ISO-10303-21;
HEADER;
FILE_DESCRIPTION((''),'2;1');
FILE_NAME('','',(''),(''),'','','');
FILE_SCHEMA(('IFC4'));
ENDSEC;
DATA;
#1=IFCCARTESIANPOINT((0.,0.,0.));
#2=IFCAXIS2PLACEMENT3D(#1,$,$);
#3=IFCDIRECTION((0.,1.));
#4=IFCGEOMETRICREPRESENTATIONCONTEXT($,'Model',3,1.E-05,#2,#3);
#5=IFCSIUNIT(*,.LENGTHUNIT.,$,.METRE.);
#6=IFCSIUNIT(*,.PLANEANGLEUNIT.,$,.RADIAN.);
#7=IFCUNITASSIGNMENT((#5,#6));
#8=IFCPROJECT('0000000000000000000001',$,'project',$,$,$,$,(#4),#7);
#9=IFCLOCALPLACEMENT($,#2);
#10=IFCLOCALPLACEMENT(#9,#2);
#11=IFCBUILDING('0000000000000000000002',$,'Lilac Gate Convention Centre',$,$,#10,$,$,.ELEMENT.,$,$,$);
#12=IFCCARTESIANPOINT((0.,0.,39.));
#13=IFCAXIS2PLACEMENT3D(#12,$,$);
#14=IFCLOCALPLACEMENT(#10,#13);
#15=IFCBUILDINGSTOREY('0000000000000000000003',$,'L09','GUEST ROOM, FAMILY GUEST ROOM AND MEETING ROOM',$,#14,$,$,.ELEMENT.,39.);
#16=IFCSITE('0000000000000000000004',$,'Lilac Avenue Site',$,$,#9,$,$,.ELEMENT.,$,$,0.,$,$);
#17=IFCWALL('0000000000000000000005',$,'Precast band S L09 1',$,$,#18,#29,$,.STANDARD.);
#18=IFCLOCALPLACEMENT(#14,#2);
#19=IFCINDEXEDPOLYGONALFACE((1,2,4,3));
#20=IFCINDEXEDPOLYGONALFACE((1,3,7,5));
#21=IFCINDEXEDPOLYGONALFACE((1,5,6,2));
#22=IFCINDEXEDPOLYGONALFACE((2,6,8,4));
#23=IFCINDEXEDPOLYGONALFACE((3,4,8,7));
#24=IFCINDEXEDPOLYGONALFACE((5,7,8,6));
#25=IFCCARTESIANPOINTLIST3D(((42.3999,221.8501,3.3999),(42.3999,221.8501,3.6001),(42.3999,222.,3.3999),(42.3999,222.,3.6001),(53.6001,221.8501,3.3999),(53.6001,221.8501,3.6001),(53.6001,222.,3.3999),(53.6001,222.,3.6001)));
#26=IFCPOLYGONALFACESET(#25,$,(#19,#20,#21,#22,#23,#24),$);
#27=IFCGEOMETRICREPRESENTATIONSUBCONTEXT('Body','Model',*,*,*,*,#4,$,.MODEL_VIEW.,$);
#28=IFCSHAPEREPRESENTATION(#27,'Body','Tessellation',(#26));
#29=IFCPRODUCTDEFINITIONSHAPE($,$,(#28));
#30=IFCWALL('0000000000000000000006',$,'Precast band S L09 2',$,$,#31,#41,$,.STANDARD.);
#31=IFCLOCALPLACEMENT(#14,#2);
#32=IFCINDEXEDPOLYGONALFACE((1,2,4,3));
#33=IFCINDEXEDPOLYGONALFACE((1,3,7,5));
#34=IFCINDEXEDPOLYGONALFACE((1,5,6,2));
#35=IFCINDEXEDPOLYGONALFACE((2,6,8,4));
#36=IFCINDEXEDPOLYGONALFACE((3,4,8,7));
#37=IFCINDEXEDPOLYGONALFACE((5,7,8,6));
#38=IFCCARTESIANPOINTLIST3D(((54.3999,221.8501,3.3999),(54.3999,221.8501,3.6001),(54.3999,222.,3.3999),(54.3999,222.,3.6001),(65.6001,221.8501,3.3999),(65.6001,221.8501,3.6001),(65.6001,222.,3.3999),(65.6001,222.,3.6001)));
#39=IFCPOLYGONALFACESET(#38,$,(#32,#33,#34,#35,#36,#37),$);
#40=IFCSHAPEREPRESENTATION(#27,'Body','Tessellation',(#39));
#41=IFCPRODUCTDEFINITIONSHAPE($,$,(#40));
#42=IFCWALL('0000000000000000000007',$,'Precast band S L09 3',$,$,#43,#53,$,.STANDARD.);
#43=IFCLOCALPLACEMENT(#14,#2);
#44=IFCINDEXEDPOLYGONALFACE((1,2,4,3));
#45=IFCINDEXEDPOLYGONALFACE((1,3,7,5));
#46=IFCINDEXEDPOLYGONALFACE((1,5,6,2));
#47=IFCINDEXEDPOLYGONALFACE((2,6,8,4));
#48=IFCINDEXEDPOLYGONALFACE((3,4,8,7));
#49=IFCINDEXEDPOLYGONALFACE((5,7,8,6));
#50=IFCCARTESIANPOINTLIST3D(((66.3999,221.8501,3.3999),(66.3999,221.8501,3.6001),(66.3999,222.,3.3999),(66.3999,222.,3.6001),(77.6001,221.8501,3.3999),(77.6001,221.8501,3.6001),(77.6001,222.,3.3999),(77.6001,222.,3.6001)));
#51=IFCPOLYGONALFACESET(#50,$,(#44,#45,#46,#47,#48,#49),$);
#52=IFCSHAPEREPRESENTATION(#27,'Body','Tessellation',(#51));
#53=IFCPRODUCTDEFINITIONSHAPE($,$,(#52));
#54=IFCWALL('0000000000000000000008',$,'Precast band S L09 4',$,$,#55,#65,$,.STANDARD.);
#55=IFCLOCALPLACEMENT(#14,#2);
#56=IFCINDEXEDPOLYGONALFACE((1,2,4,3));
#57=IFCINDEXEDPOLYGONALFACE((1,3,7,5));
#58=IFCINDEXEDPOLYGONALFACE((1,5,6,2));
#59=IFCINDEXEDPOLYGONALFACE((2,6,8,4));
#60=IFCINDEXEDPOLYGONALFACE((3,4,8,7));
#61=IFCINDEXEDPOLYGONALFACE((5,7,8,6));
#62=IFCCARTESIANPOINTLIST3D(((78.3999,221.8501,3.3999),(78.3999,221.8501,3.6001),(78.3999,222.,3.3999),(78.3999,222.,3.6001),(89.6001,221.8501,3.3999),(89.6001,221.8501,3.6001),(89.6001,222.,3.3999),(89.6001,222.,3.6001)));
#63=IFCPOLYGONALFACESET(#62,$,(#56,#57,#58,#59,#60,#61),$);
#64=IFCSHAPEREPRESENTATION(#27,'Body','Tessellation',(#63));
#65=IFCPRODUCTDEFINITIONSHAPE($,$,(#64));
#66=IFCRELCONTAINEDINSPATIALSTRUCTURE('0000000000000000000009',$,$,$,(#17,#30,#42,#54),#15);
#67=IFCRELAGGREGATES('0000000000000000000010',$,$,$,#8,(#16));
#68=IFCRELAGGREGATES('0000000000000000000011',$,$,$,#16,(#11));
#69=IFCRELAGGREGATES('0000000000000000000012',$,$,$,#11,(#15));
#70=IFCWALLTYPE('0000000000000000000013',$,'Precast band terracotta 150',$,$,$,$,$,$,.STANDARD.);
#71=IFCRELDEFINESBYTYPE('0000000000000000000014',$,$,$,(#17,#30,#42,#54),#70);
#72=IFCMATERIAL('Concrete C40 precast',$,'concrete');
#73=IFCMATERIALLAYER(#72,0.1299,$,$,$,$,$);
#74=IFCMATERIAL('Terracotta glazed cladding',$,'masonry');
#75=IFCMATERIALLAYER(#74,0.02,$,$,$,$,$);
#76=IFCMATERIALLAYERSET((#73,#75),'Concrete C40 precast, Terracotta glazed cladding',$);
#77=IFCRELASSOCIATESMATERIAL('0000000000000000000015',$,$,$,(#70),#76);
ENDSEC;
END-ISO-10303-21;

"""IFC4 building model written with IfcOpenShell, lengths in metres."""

from ifc_helpers import new_model, si_unit, direction, frame, frame_2d, origin, place, context, subcontext, project, spatial, rectangle, extrude, material, layer, layer_set, type_object, element, save


model = new_model("IFC4")

# Units and contexts
model_context = context("Model", 3, precision=1e-05, world=origin(), true_north=direction((0.0, 1.0)))
body_context = subcontext(model_context, "Body", "Model", "MODEL_VIEW")
ifc_project = project(units=[si_unit("LENGTHUNIT", "METRE"), si_unit("PLANEANGLEUNIT", "RADIAN")], contexts=[model_context])

# Site, building, storey
site_placement = place(None, origin())
site = spatial("IfcSite", under=ifc_project, at=site_placement, Name="Lilac Avenue Site", CompositionType="ELEMENT", RefElevation=0.0)
building_placement = place(site_placement, origin())
building = spatial("IfcBuilding", under=site, at=building_placement, Name="Lilac Gate Convention Centre", CompositionType="ELEMENT")
storey_placement = place(building_placement, frame((0.0, 0.0, 39.0)))
storey = spatial("IfcBuildingStorey", under=building, at=storey_placement, Name="L09", Description="GUEST ROOM, FAMILY GUEST ROOM AND MEETING ROOM", CompositionType="ELEMENT", Elevation=39.0)

# Walls
ifc_material_1 = material(Name="Concrete C40 precast", Category="concrete")
ifc_layer_1 = layer(ifc_material_1, 0.1299)
ifc_material_2 = material(Name="Terracotta glazed cladding", Category="masonry")
ifc_layer_2 = layer(ifc_material_2, 0.02)
ifc_layer_set_1 = layer_set([ifc_layer_1, ifc_layer_2], Name="Concrete C40 precast, Terracotta glazed cladding")
wall_type = type_object("IfcWallType", Name="Precast band terracotta 150", PredefinedType="STANDARD", material=ifc_layer_set_1)
for number, where, z_axis, x_axis, name in (
    (1, (42.3999, 221.925, 3.3999), (0.0, 0.0, 1.0), (1.0, 0.0, 0.0), "Precast band S L09 1"),
    (2, (54.3999, 221.925, 3.3999), (0.0, 0.0, 1.0), (1.0, 0.0, 0.0), "Precast band S L09 2"),
    (3, (66.3999, 221.925, 3.3999), (0.0, 0.0, 1.0), (1.0, 0.0, 0.0), "Precast band S L09 3"),
    (4, (78.3999, 221.925, 3.3999), (0.0, 0.0, 1.0), (1.0, 0.0, 0.0), "Precast band S L09 4"),
):
    element("IfcWall", number, at=place(storey_placement, frame(where, z_axis=z_axis, x_axis=x_axis)), inside=storey, type_object=wall_type, Name=name, PredefinedType="STANDARD", context=body_context, shape_type="SweptSolid", body=[
        extrude(rectangle(XDim=11.2002, YDim=0.1499, at=frame_2d((5.6001, 0.0))), origin(), (0.0, 0.0, 1.0), 0.2002),
    ])

save(model, "model.ifc")
